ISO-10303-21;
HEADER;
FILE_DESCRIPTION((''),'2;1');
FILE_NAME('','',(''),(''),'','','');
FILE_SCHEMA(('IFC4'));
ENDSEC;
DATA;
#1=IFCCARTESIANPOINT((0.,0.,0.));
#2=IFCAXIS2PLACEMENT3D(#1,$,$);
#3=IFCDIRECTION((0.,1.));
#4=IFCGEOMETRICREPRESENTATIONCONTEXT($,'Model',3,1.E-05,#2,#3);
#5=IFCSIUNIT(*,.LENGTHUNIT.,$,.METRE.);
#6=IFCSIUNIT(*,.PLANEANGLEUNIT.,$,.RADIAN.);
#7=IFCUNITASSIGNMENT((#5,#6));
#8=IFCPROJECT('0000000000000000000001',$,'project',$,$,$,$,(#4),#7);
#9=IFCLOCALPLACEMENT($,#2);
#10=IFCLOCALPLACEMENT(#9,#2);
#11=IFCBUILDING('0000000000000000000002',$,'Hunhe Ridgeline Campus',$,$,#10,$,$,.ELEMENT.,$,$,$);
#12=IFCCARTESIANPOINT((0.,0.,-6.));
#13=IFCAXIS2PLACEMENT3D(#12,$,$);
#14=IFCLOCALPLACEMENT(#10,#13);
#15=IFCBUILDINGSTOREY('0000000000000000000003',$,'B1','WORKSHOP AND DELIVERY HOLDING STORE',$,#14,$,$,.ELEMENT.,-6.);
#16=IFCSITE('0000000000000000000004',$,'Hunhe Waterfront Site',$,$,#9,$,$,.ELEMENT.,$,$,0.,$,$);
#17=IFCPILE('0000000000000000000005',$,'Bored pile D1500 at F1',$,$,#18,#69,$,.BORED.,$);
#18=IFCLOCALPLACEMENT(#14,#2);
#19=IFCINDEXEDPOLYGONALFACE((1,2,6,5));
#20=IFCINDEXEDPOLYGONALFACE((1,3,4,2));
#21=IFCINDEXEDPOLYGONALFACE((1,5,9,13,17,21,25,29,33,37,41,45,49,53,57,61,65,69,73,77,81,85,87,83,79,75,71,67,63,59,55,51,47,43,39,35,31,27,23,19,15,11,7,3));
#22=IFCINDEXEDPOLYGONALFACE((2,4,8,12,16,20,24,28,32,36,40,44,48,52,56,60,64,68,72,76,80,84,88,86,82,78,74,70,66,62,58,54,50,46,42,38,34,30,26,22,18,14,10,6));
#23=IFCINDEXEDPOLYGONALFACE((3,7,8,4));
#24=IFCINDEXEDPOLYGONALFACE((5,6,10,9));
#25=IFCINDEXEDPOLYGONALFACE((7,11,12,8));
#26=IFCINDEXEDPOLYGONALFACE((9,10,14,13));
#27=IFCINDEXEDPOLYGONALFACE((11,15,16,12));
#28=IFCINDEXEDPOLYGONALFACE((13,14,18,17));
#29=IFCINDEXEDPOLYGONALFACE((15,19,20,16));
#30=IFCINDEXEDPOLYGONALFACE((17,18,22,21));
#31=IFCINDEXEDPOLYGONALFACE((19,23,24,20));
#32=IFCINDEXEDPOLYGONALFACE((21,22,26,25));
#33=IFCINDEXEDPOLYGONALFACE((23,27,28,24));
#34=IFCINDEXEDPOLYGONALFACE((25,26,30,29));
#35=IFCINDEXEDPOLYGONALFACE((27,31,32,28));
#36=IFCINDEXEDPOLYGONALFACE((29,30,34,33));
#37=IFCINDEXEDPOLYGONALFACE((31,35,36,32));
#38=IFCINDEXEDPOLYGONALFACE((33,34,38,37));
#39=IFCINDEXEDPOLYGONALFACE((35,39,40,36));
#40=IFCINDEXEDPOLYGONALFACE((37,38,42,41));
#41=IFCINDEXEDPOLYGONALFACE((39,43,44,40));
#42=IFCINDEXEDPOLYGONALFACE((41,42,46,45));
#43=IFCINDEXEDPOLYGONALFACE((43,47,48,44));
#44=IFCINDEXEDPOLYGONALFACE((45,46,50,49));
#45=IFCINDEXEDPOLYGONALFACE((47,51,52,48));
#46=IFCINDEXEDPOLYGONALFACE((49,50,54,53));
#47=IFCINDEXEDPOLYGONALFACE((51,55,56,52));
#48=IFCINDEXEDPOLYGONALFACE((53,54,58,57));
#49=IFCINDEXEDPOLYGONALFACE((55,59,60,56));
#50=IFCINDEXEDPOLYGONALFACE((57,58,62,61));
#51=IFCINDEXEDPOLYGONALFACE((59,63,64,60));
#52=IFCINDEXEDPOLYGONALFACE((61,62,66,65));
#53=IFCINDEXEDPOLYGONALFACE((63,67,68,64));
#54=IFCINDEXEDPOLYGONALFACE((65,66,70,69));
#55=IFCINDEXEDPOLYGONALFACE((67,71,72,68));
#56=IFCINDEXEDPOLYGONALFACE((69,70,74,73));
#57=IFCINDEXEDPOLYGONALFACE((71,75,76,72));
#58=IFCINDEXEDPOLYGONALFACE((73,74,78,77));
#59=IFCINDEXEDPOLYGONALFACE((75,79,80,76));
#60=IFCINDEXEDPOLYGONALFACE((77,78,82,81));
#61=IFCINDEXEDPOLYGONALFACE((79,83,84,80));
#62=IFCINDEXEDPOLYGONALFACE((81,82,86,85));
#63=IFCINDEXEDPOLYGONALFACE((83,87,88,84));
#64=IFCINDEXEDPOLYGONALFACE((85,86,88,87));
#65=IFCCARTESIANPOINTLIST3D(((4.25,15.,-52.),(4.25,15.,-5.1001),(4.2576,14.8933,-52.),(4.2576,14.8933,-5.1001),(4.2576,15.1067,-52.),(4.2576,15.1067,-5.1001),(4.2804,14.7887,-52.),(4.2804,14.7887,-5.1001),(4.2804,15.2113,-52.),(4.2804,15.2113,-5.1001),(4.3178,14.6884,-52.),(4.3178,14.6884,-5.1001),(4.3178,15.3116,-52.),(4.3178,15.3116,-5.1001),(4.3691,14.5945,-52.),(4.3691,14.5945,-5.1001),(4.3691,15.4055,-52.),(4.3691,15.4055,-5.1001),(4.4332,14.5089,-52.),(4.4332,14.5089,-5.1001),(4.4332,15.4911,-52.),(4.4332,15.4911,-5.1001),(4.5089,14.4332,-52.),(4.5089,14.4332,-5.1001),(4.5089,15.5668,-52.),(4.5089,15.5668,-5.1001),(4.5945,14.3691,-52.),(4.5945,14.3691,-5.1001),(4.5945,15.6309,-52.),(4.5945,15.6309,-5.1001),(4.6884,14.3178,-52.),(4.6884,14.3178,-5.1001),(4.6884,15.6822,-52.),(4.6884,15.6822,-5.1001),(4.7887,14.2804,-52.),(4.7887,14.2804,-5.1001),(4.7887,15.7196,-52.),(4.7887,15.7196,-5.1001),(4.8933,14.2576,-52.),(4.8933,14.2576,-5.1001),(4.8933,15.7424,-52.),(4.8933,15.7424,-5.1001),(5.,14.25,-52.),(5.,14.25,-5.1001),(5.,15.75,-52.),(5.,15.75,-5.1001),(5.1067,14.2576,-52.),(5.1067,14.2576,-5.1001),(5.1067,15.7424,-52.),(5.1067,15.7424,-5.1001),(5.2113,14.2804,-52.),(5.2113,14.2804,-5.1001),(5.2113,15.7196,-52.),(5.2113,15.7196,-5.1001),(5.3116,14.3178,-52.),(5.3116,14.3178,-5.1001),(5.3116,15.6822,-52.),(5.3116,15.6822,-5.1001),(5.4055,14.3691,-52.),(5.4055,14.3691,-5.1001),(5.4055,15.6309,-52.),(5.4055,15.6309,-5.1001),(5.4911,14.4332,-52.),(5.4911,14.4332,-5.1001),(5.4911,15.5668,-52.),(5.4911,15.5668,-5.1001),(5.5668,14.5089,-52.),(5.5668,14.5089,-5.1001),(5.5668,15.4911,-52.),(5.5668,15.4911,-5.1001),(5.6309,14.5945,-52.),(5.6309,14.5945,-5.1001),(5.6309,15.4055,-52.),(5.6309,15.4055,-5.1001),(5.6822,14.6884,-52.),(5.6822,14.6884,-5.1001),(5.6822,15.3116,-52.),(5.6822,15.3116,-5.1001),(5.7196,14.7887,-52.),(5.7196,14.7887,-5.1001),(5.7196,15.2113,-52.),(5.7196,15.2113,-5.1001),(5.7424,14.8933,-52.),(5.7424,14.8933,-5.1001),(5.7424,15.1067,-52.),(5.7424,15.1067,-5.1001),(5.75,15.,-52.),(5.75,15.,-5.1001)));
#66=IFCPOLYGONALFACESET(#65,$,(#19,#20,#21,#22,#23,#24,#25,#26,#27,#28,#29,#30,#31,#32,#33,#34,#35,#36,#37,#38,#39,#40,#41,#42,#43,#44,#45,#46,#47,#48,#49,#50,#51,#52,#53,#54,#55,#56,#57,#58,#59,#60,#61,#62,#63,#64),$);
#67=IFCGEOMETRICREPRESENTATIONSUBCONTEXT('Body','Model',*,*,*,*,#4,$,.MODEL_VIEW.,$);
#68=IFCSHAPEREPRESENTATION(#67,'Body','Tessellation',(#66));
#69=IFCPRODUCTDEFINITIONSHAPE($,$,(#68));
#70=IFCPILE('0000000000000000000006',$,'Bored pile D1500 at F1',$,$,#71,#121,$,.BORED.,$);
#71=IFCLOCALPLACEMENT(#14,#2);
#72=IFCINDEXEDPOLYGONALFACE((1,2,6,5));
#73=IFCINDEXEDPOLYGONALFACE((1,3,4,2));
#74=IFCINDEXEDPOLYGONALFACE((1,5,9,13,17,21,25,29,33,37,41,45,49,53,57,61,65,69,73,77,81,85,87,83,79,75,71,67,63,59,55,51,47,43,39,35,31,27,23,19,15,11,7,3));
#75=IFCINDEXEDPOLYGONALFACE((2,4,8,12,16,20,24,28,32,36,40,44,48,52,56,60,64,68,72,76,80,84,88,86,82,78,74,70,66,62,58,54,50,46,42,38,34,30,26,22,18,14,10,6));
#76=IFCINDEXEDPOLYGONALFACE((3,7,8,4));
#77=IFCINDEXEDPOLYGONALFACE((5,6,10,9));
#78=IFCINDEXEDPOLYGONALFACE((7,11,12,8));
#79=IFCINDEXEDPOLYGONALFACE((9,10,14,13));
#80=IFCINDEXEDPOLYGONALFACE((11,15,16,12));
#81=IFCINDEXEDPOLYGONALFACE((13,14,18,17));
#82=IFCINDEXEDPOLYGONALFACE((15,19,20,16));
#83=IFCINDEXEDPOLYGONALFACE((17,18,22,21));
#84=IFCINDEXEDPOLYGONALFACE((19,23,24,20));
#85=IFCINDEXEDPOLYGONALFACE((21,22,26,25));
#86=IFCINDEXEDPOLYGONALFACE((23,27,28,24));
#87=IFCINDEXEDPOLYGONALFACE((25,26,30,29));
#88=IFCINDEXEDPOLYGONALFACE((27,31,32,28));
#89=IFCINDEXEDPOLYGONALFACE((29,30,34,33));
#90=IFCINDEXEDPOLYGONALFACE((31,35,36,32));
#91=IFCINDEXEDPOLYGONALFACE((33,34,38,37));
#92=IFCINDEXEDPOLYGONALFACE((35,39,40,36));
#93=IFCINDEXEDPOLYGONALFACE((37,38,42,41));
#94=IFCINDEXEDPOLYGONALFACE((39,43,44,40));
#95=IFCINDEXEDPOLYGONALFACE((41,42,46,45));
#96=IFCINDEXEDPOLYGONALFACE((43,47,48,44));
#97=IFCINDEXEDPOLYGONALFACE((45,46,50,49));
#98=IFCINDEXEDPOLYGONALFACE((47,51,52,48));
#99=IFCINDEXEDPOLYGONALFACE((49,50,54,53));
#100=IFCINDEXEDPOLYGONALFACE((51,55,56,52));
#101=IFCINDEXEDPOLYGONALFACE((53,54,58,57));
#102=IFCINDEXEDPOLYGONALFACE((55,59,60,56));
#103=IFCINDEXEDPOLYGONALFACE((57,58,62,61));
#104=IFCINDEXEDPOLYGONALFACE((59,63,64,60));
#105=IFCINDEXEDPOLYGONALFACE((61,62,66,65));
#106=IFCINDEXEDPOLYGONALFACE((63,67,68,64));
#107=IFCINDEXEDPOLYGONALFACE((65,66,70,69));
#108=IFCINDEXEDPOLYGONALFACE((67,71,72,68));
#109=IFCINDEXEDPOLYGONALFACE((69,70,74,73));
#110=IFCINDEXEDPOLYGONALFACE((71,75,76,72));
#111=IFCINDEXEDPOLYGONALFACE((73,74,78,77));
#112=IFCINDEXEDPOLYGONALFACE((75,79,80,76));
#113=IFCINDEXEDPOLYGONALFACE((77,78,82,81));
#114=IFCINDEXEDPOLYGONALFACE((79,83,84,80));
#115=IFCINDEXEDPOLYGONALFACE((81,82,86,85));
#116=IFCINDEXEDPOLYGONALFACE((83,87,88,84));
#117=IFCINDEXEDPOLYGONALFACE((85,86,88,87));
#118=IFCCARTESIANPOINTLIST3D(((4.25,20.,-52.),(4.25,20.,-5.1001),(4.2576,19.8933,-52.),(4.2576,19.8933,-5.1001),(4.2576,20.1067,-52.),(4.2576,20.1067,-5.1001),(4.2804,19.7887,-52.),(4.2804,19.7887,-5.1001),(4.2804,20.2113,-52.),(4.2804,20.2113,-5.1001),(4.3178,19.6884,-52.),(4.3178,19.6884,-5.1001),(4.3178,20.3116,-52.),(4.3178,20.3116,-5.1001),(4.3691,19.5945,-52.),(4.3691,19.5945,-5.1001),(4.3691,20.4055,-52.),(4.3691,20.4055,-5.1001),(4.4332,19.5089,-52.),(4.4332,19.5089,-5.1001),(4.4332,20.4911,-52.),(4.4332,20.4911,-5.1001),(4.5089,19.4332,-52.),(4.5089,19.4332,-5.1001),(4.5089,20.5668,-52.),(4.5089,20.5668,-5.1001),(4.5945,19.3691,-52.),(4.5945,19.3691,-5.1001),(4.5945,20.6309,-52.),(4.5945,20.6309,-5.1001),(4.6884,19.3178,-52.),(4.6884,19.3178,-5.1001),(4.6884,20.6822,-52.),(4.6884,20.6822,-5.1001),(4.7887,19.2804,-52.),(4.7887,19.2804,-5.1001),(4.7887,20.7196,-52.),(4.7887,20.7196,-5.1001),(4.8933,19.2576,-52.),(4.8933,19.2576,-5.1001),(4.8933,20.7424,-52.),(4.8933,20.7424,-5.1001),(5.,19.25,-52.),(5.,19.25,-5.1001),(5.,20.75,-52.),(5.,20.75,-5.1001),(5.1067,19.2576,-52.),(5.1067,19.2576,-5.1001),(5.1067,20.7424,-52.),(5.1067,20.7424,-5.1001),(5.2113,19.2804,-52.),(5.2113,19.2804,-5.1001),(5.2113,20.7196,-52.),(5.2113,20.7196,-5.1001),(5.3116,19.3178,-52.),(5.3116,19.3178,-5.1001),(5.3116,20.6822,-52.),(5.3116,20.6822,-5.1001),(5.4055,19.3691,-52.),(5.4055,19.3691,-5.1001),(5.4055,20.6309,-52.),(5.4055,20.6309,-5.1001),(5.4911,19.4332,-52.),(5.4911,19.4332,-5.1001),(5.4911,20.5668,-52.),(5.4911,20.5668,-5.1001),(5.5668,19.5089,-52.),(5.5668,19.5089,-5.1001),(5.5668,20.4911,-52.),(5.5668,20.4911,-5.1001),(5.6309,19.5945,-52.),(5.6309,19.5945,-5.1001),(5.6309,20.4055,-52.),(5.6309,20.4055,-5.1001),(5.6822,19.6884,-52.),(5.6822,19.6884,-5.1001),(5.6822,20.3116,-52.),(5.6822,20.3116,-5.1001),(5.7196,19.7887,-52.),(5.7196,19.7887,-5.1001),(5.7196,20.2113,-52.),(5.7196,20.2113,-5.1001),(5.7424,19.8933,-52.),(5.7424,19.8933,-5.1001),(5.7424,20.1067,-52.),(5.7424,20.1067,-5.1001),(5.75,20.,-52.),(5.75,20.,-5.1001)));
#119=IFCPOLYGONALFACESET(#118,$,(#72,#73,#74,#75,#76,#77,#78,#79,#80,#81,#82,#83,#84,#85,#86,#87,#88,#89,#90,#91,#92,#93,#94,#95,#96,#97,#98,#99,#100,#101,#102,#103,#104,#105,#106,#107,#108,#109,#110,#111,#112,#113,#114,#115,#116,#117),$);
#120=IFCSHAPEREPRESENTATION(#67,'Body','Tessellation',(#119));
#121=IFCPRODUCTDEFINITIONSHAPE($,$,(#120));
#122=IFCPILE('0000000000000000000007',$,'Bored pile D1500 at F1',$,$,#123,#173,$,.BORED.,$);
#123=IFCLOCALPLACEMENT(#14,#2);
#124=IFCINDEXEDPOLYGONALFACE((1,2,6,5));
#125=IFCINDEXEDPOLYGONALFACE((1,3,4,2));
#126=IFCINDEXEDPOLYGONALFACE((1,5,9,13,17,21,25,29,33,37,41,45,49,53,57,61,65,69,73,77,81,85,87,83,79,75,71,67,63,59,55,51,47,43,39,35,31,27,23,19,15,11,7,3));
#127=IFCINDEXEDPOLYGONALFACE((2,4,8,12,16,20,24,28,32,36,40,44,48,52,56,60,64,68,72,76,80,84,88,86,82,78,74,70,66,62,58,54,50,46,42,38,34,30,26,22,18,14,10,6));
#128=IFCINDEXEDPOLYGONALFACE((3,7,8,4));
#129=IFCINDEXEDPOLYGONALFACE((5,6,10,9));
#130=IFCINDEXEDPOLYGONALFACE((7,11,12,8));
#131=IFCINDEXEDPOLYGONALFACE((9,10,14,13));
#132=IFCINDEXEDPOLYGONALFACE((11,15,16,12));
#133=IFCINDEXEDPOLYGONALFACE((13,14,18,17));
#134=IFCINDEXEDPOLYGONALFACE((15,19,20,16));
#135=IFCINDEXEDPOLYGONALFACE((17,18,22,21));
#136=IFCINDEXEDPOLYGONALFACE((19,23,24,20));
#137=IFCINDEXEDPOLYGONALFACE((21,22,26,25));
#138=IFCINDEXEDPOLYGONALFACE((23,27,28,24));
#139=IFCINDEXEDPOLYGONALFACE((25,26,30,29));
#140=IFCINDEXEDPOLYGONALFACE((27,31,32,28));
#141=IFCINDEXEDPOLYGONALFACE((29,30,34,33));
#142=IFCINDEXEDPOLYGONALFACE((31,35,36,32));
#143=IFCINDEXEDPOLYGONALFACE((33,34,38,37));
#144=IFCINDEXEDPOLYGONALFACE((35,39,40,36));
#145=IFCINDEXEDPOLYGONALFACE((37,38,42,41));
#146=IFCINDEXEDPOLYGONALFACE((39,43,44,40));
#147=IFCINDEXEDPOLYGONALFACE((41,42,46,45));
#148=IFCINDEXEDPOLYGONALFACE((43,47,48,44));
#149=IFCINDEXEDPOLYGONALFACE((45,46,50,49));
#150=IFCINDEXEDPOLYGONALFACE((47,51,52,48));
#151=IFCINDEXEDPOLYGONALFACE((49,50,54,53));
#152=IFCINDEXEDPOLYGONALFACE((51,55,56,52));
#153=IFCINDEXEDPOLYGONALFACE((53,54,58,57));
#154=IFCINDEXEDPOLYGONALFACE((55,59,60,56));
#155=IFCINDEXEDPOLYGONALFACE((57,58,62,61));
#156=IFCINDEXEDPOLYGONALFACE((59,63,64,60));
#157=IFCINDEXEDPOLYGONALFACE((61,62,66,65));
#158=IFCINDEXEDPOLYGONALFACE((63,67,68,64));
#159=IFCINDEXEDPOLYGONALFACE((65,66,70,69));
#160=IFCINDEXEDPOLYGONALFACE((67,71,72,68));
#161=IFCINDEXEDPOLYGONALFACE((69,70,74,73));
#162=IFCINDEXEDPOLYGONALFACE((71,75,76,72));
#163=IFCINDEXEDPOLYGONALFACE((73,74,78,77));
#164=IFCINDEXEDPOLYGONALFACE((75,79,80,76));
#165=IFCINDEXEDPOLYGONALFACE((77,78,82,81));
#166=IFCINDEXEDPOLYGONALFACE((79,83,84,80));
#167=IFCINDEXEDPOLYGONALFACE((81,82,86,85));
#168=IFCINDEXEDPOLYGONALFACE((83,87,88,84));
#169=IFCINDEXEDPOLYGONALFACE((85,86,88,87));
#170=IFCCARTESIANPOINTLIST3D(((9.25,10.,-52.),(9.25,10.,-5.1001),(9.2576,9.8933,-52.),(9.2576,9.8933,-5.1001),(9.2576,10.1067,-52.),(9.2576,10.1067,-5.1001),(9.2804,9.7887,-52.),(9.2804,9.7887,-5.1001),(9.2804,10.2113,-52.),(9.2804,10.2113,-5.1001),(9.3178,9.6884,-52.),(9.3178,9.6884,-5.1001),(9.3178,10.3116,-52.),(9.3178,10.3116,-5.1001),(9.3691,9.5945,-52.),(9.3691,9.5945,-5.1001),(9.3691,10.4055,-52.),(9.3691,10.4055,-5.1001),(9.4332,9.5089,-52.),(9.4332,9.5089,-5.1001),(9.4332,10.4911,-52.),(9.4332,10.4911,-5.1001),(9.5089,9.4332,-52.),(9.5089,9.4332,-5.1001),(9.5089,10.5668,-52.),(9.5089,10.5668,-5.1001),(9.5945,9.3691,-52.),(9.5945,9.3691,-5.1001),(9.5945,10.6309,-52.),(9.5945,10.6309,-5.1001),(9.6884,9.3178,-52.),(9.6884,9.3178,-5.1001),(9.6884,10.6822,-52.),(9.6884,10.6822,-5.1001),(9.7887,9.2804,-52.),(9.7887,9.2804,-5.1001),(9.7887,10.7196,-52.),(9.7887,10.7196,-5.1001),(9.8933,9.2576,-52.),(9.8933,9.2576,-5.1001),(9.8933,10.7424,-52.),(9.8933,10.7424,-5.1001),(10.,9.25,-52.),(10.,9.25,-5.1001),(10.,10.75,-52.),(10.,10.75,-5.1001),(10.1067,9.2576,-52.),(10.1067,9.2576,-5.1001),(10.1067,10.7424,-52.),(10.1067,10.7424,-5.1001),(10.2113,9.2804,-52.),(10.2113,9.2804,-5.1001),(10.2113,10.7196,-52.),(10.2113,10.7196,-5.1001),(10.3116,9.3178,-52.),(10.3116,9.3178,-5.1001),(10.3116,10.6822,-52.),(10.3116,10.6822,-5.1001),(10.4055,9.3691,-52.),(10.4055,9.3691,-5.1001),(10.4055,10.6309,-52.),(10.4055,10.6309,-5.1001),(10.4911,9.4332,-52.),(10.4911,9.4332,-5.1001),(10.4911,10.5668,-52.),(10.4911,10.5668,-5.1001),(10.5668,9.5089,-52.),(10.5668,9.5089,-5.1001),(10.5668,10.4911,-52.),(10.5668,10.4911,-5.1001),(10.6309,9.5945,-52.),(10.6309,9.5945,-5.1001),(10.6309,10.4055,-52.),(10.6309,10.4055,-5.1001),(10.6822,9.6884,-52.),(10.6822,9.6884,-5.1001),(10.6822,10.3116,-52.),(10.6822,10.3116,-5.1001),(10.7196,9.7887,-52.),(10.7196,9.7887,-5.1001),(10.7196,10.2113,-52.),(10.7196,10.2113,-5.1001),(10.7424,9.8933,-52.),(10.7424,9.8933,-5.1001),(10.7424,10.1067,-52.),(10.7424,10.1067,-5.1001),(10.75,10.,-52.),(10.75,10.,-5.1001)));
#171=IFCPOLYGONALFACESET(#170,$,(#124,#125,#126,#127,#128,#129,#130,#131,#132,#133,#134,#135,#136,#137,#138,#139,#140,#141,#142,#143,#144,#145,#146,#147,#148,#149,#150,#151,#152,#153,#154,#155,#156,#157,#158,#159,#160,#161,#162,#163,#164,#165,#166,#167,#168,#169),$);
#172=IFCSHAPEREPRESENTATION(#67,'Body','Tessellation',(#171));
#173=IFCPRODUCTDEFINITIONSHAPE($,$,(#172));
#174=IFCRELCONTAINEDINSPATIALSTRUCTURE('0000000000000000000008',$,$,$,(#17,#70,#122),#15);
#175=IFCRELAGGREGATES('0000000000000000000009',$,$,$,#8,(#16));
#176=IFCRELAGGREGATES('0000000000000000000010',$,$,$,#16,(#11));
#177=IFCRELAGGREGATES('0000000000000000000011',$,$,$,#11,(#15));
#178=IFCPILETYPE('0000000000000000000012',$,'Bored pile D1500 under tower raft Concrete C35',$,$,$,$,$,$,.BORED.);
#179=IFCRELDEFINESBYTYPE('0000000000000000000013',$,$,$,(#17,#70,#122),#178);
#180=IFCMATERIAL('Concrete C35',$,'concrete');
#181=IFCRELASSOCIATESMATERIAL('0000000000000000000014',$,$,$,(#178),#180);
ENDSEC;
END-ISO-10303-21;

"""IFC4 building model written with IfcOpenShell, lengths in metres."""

from ifc_helpers import new_model, si_unit, direction, frame, origin, origin_2d, place, context, subcontext, project, spatial, circle, extrude, material, material_profile, profile_set, type_object, element, save


model = new_model("IFC4")

# Units and contexts
model_context = context("Model", 3, precision=1e-05, world=origin(), true_north=direction((0.0, 1.0)))
body_context = subcontext(model_context, "Body", "Model", "MODEL_VIEW")
ifc_project = project(units=[si_unit("LENGTHUNIT", "METRE"), si_unit("PLANEANGLEUNIT", "RADIAN")], contexts=[model_context])

# Site, building, storey
site_placement = place(None, origin())
site = spatial("IfcSite", under=ifc_project, at=site_placement, Name="Hunhe Waterfront Site", CompositionType="ELEMENT", RefElevation=0.0)
building_placement = place(site_placement, origin())
building = spatial("IfcBuilding", under=site, at=building_placement, Name="Hunhe Ridgeline Campus", CompositionType="ELEMENT")
storey_placement = place(building_placement, frame((0.0, 0.0, -6.0)))
storey = spatial("IfcBuildingStorey", under=building, at=storey_placement, Name="B1", Description="WORKSHOP AND DELIVERY HOLDING STORE", CompositionType="ELEMENT", Elevation=-6.0)

# Piles
ifc_material_1 = material(Name="Concrete C35", Category="concrete")
ifc_material_profile_1 = material_profile(ifc_material_1, circle(Radius=0.75, at=origin_2d()))
ifc_profile_set_1 = profile_set([ifc_material_profile_1], Name="Concrete C35")
pile_type = type_object("IfcPileType", Name="Bored pile D1500 under tower raft Concrete C35", PredefinedType="BORED", material=ifc_profile_set_1)
for number, where, z_axis, x_axis, name in (
    (1, (5.0, 15.0, -5.1001), (0.0, 0.0, -1.0), (1.0, 0.0, 0.0), "Bored pile D1500 at F1"),
    (2, (5.0, 20.0, -5.1001), (0.0, 0.0, -1.0), (1.0, 0.0, 0.0), "Bored pile D1500 at F1"),
    (3, (10.0, 10.0, -5.1001), (0.0, 0.0, -1.0), (1.0, 0.0, 0.0), "Bored pile D1500 at F1"),
):
    element("IfcPile", number, at=place(storey_placement, frame(where, z_axis=z_axis, x_axis=x_axis)), inside=storey, type_object=pile_type, Name=name, PredefinedType="BORED", context=body_context, shape_type="SweptSolid", body=[
        extrude(circle(Radius=0.75, at=origin_2d()), origin(), (0.0, 0.0, 1.0), 46.8999),
    ])

save(model, "model.ifc")
